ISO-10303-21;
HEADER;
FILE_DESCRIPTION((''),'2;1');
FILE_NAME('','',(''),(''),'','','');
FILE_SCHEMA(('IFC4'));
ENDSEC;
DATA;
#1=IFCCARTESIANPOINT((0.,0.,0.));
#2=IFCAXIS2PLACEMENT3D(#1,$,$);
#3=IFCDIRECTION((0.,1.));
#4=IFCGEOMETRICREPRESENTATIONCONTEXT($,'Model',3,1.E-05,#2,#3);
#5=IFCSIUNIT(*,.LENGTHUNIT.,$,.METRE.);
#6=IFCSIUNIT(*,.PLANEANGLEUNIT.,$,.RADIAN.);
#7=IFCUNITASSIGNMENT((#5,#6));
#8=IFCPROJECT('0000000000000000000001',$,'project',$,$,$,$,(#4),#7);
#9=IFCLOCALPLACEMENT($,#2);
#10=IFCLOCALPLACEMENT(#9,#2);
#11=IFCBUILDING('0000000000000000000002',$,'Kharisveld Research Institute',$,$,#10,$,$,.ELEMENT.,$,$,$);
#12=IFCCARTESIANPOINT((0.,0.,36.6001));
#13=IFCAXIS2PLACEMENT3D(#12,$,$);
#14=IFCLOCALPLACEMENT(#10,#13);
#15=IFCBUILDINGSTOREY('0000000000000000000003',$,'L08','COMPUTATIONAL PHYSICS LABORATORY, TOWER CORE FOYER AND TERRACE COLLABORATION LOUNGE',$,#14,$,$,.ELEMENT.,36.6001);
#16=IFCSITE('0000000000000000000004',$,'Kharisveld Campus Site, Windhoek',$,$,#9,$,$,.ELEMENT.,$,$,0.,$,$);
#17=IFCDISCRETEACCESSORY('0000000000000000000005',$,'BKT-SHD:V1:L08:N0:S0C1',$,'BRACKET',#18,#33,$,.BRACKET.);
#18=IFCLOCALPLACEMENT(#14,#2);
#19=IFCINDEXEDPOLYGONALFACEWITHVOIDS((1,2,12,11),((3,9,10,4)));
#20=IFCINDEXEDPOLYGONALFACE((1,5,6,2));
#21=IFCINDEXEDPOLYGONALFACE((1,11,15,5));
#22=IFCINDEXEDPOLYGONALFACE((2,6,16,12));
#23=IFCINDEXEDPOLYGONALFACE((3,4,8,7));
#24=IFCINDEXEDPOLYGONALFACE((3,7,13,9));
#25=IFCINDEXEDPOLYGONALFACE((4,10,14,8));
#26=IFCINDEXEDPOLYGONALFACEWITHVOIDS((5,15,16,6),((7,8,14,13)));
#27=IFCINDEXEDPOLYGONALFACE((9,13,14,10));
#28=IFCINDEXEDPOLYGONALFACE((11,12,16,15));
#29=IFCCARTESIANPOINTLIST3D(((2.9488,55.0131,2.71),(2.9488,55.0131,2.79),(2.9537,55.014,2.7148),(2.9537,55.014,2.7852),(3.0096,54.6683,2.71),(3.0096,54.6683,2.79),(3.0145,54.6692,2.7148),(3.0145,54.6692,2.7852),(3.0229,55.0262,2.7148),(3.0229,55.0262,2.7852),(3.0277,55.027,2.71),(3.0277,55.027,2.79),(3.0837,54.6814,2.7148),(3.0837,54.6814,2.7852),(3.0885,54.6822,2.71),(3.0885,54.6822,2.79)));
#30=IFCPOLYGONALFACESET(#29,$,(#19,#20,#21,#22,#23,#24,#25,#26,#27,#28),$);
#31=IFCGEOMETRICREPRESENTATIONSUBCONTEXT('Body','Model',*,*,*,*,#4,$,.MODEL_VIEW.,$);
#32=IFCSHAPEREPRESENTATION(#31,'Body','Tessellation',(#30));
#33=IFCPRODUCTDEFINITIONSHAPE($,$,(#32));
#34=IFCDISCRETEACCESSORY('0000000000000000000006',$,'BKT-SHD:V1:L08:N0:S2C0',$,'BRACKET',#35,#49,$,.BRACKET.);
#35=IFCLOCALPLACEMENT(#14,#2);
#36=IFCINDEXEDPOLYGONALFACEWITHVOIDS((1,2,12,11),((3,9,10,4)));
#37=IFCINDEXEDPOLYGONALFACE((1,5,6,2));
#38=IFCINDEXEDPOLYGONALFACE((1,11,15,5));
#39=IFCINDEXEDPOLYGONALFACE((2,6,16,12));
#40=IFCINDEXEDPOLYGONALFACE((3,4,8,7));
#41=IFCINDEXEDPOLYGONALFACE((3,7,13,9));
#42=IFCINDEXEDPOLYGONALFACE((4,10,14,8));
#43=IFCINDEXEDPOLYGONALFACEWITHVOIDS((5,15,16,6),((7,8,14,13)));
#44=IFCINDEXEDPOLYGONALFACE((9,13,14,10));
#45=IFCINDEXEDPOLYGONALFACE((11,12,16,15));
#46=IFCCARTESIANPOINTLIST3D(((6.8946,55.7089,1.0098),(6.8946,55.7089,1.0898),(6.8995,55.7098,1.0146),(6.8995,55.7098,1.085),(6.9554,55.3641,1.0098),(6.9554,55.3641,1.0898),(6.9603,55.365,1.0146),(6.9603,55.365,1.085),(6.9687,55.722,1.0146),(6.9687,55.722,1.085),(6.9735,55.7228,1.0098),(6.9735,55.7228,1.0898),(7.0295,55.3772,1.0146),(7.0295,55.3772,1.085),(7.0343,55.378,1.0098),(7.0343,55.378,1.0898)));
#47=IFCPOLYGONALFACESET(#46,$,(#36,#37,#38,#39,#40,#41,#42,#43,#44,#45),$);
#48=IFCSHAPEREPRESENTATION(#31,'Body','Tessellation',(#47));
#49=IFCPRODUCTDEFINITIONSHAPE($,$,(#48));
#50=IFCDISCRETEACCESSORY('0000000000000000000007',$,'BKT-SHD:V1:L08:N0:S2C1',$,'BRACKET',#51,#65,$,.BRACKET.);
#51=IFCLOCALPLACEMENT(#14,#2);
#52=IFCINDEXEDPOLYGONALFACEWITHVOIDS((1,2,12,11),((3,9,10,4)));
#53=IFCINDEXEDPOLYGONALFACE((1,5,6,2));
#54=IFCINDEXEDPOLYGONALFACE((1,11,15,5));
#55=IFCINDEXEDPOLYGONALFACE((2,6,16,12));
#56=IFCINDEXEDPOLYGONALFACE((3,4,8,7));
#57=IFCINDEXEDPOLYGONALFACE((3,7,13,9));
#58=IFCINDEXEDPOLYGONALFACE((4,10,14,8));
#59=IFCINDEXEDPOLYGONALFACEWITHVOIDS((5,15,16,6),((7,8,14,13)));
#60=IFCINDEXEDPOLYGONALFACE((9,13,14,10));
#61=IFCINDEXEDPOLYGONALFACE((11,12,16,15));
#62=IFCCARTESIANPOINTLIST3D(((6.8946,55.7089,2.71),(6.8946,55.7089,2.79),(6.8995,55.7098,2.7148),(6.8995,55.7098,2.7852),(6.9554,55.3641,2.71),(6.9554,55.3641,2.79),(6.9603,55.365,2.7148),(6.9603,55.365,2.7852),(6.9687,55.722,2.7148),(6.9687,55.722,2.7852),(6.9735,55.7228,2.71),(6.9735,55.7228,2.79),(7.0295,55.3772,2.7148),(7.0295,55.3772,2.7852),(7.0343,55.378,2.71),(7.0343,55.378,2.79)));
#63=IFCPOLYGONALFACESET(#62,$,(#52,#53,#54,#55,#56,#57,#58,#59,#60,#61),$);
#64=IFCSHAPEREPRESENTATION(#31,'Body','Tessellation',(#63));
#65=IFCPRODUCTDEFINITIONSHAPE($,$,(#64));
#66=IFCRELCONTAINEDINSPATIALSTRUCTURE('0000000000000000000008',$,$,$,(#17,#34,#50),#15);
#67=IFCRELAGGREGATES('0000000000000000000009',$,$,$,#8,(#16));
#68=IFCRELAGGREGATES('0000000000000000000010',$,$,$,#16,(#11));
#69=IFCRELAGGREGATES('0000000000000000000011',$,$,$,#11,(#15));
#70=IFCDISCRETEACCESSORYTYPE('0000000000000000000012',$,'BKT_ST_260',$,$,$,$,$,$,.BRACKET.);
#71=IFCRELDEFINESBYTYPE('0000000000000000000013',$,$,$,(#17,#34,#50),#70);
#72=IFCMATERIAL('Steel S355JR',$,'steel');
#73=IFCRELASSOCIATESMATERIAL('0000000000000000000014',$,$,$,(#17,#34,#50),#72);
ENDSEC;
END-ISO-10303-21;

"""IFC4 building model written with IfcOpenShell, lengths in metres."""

from ifc_helpers import new_model, si_unit, direction, frame, origin, origin_2d, place, context, subcontext, project, spatial, hollow_rectangle, extrude, material, type_object, element, save


model = new_model("IFC4")

# Units and contexts
model_context = context("Model", 3, precision=1e-05, world=origin(), true_north=direction((0.0, 1.0)))
body_context = subcontext(model_context, "Body", "Model", "MODEL_VIEW")
ifc_project = project(units=[si_unit("LENGTHUNIT", "METRE"), si_unit("PLANEANGLEUNIT", "RADIAN")], contexts=[model_context])

# Site, building, storey
site_placement = place(None, origin())
site = spatial("IfcSite", under=ifc_project, at=site_placement, Name="Kharisveld Campus Site, Windhoek", CompositionType="ELEMENT", RefElevation=0.0)
building_placement = place(site_placement, origin())
building = spatial("IfcBuilding", under=site, at=building_placement, Name="Kharisveld Research Institute", CompositionType="ELEMENT")
storey_placement = place(building_placement, frame((0.0, 0.0, 36.6001)))
storey = spatial("IfcBuildingStorey", under=building, at=storey_placement, Name="L08", Description="COMPUTATIONAL PHYSICS LABORATORY, TOWER CORE FOYER AND TERRACE COLLABORATION LOUNGE", CompositionType="ELEMENT", Elevation=36.6001)

# Discrete accessories
ifc_material_1 = material(Name="Steel S355JR", Category="steel")
discrete_accessory_type = type_object("IfcDiscreteAccessoryType", Name="BKT_ST_260", PredefinedType="BRACKET")
for number, where, z_axis, x_axis, name in (
    (1, (3.0491, 54.6753, 2.75), (-0.173666, 0.984805, 0.0), (-0.984805, -0.173666, 0.0), "BKT-SHD:V1:L08:N0:S0C1"),
    (2, (6.9949, 55.3711, 1.0498), (-0.173666, 0.984805, 0.0), (-0.984805, -0.173666, 0.0), "BKT-SHD:V1:L08:N0:S2C0"),
    (3, (6.9949, 55.3711, 2.75), (-0.173666, 0.984805, 0.0), (-0.984805, -0.173666, 0.0), "BKT-SHD:V1:L08:N0:S2C1"),
):
    element("IfcDiscreteAccessory", number, at=place(storey_placement, frame(where, z_axis=z_axis, x_axis=x_axis)), inside=storey, type_object=discrete_accessory_type, material=ifc_material_1, Name=name, ObjectType="BRACKET", PredefinedType="BRACKET", context=body_context, shape_type="SweptSolid", body=[
        extrude(hollow_rectangle(XDim=0.0801, YDim=0.0801, WallThickness=0.0049, at=origin_2d()), origin(), (0.0, 0.0, 1.0), 0.3501),
    ])

save(model, "model.ifc")
